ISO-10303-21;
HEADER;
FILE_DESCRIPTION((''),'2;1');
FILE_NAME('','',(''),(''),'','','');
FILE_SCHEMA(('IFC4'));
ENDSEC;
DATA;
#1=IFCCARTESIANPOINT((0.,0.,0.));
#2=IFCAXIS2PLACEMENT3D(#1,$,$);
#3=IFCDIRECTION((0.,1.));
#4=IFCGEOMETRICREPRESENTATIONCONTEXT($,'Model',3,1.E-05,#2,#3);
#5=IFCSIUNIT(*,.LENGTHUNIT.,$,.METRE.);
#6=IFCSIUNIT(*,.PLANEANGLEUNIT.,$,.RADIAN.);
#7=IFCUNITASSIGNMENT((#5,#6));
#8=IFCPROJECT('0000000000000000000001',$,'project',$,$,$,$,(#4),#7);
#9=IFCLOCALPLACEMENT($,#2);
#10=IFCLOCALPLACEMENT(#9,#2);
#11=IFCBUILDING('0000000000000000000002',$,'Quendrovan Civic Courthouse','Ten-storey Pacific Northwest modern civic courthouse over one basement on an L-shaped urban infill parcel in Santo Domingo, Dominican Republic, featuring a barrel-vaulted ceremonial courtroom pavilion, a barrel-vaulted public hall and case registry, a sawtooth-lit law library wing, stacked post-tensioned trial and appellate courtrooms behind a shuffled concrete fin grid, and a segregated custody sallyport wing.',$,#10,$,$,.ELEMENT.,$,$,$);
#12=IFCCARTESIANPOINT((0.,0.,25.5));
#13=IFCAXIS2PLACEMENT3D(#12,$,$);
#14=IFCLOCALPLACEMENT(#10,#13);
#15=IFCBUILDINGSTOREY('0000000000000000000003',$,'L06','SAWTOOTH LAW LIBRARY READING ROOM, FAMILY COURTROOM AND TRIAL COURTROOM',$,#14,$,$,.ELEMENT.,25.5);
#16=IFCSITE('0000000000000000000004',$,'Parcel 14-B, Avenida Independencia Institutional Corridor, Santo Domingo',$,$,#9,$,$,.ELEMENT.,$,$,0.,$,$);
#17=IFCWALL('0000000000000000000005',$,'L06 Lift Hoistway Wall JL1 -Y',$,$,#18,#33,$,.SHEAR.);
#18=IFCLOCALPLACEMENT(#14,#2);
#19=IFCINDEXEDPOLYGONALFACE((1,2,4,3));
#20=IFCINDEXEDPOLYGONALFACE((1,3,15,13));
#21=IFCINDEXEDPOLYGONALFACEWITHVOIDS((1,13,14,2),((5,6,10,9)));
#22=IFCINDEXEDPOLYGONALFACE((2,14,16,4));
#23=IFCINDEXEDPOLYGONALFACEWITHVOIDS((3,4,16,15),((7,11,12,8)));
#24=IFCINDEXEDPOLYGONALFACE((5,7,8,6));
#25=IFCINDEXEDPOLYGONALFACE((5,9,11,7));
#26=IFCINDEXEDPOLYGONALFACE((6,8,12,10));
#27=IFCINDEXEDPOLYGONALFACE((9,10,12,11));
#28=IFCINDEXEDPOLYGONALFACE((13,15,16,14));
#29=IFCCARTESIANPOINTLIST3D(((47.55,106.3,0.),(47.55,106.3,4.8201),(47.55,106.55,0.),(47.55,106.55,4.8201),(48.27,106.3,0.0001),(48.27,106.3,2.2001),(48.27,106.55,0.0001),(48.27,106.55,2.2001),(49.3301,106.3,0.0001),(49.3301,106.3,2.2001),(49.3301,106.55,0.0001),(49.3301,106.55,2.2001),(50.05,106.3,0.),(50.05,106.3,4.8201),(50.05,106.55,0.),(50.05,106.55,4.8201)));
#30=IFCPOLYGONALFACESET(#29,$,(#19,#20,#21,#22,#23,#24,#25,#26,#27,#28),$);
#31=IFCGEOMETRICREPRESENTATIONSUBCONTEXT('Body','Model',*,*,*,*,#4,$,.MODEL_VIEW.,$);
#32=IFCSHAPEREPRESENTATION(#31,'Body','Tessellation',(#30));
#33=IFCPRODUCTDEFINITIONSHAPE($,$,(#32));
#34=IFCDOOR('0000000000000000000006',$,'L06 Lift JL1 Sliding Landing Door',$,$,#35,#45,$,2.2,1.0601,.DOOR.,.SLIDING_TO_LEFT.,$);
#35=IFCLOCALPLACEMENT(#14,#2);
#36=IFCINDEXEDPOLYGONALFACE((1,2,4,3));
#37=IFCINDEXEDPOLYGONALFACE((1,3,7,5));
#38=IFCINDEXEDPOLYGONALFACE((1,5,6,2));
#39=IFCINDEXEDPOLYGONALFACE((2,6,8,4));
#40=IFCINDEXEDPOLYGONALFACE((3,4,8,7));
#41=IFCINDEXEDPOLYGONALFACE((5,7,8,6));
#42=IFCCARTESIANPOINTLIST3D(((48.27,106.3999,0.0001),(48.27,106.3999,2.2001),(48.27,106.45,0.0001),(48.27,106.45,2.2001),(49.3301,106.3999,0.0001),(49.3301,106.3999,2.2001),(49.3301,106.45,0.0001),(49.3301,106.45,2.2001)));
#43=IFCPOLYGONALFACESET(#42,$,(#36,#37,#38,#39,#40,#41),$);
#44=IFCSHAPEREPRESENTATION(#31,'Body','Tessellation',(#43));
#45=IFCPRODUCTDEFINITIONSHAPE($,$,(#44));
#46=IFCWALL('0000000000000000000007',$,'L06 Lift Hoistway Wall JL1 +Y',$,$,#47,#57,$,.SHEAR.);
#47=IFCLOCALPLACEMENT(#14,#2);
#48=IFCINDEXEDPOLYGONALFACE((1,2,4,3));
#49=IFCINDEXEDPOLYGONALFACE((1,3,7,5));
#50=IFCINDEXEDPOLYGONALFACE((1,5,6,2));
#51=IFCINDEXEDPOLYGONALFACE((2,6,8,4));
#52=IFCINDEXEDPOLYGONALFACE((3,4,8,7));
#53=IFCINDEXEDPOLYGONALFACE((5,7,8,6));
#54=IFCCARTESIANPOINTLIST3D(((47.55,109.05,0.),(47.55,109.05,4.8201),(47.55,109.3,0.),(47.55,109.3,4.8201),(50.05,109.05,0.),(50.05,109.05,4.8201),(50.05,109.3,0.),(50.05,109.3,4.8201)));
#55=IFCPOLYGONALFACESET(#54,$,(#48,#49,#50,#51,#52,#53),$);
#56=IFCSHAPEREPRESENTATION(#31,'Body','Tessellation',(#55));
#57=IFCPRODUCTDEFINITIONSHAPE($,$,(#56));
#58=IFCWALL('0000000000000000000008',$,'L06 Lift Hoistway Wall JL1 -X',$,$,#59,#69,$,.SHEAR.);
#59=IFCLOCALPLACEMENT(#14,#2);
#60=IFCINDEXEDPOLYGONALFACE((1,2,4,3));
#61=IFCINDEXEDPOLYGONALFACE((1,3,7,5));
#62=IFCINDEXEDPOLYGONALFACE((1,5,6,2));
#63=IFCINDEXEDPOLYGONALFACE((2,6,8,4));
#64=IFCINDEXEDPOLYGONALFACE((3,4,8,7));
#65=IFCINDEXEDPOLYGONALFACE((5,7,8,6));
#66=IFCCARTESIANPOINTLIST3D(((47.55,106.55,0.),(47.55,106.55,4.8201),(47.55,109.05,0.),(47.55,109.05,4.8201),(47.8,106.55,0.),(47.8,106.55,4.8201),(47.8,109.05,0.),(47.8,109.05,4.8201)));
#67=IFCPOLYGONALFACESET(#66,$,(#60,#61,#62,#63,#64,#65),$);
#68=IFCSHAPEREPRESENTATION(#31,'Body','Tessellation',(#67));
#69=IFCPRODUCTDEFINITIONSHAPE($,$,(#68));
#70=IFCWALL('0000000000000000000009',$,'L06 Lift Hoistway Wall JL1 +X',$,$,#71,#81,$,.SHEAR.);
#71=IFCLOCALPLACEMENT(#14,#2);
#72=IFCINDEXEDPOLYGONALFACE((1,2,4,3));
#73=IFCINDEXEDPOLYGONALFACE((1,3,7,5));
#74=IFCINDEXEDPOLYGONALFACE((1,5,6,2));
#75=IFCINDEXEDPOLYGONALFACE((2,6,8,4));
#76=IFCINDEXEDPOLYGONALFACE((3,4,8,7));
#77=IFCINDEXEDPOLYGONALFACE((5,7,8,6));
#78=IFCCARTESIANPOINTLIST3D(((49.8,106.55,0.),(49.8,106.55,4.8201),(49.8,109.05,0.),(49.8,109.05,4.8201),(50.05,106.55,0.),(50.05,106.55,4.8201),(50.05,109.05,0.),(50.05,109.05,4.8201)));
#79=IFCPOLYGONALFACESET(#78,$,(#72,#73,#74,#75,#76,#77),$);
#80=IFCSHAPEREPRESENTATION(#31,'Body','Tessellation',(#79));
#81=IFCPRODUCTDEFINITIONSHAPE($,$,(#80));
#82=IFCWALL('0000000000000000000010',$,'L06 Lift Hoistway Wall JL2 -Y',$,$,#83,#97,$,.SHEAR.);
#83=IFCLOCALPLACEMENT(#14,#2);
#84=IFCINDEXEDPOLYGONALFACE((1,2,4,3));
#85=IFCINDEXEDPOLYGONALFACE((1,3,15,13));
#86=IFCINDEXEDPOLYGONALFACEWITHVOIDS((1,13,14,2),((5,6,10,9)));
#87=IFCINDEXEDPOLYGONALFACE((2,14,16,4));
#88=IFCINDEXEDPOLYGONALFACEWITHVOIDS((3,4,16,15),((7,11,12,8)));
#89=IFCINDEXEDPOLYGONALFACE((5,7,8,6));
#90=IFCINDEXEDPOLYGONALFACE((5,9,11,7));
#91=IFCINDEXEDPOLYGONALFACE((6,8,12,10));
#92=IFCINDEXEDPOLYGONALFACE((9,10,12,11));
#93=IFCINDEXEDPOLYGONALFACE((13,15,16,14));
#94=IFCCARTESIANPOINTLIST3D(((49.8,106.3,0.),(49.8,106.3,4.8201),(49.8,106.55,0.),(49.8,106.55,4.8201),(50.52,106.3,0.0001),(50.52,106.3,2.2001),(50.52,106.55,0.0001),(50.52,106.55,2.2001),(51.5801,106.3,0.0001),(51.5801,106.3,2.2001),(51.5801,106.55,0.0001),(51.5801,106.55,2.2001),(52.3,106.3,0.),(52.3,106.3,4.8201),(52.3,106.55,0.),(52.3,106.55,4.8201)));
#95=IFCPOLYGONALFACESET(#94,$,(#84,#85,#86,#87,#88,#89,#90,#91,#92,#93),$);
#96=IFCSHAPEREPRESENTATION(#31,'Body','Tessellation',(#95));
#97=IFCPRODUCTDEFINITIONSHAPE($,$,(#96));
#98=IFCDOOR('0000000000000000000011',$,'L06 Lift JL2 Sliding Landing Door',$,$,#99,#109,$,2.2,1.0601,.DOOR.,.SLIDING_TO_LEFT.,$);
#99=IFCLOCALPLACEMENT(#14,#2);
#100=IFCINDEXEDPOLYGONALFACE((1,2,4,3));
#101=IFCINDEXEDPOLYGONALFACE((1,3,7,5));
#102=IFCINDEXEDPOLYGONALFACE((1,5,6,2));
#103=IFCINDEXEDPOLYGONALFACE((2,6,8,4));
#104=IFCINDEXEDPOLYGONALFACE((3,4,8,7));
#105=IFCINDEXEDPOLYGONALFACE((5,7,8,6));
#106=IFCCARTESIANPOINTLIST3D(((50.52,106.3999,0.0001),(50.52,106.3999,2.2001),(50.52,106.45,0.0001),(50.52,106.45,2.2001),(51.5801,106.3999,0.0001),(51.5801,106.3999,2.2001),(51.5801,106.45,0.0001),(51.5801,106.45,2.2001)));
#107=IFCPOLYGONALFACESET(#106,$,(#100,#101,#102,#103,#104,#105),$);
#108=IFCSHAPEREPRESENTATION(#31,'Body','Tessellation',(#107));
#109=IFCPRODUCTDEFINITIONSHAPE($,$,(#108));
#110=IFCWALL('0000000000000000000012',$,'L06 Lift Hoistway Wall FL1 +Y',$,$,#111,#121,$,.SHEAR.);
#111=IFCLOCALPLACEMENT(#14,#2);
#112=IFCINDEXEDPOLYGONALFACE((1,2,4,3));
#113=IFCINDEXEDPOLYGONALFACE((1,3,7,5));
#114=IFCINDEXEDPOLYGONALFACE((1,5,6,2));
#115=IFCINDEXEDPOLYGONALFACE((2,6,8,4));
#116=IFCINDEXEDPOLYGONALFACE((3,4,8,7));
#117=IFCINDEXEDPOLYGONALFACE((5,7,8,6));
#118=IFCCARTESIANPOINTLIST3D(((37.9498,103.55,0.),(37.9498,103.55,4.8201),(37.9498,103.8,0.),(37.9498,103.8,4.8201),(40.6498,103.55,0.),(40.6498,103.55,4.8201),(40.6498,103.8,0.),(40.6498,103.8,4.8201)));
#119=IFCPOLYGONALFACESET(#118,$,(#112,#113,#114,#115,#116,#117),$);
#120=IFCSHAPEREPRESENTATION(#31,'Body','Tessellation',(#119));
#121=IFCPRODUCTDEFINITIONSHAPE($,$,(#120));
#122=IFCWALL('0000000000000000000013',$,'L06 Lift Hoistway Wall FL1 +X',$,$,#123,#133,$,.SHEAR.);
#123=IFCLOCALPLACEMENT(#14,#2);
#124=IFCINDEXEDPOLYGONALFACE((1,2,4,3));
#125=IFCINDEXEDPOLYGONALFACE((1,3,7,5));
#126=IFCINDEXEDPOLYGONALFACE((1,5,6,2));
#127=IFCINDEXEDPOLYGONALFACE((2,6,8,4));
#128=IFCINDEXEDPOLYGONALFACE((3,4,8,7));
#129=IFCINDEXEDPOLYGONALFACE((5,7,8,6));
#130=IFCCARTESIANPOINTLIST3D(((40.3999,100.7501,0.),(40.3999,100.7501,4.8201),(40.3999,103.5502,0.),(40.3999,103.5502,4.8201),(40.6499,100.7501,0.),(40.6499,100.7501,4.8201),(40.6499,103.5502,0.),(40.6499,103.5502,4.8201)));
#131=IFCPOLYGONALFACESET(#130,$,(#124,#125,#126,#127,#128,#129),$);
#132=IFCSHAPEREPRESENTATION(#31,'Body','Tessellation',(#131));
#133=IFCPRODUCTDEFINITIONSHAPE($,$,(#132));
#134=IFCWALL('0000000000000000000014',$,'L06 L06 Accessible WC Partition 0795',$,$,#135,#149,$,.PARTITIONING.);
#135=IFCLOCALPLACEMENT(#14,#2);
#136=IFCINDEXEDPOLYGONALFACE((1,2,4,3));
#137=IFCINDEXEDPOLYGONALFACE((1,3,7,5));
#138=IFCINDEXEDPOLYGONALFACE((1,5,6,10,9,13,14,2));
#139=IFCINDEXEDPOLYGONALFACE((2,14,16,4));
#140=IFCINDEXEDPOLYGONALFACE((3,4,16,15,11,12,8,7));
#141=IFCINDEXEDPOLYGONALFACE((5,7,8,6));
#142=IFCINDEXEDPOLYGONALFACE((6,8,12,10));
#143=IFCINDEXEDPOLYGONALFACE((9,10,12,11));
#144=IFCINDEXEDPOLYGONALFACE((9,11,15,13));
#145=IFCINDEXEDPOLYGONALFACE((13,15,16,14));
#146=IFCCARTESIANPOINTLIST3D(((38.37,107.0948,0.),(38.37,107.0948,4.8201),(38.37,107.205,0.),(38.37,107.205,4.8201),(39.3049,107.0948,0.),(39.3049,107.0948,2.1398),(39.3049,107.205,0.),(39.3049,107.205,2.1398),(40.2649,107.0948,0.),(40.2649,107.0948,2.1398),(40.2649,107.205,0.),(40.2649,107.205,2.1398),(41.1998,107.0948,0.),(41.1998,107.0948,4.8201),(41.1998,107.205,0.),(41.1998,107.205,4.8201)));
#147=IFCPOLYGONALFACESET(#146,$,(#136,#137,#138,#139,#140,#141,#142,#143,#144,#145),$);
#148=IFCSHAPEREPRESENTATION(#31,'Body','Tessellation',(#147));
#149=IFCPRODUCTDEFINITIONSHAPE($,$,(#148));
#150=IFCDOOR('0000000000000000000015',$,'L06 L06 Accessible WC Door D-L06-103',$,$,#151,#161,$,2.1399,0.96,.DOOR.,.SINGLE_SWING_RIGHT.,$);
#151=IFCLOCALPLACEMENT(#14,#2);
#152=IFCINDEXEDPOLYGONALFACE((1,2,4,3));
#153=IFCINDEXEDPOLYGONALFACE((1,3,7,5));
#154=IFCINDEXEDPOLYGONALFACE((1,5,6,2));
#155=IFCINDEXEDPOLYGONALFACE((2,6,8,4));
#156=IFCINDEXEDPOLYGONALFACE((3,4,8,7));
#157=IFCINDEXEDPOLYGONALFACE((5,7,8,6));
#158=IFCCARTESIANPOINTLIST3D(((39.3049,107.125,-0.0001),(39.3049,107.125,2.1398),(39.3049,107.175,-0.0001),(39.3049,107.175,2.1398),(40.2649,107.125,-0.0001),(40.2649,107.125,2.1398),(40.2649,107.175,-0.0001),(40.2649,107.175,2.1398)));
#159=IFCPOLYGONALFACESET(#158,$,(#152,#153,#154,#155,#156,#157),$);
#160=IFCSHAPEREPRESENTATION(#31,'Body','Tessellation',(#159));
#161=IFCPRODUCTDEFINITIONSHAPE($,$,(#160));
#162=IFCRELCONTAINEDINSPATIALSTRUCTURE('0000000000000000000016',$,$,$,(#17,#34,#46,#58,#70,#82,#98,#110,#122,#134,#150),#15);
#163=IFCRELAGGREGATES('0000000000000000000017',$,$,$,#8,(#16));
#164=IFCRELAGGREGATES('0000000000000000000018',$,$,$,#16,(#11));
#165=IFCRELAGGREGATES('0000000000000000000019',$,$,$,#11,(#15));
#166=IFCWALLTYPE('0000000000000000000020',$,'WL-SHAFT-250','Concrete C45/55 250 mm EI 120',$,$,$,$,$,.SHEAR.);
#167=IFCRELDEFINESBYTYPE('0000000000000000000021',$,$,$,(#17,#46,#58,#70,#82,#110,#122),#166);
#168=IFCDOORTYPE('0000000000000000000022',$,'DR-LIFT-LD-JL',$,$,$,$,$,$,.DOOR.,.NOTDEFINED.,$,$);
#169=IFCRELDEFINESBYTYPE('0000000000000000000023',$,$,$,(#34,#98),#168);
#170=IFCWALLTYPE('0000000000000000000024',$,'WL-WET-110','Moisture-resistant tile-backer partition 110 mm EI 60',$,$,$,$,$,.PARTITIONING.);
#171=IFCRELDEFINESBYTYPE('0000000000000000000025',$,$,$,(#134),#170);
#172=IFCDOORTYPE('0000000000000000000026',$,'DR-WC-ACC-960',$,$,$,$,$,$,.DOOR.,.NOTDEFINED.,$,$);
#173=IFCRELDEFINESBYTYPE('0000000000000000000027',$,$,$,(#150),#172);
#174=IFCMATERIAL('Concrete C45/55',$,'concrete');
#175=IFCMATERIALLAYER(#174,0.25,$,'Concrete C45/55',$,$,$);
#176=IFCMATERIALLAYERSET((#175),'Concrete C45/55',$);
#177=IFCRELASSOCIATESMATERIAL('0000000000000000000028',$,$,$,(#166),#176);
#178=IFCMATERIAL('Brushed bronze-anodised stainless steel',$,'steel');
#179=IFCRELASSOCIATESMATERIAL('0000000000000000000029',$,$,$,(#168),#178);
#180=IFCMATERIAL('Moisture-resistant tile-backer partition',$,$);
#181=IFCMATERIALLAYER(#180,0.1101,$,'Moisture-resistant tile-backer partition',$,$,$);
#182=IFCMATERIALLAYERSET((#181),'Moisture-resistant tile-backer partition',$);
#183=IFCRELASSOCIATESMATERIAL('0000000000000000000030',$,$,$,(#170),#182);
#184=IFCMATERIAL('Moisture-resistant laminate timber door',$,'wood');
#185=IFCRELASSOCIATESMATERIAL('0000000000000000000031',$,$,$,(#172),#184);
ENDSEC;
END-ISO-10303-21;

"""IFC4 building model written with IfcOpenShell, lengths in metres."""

from ifc_helpers import new_model, si_unit, direction, frame, frame_2d, origin, place, context, subcontext, project, spatial, rectangle, extrude, material, layer, layer_set, type_object, element, fill, save


model = new_model("IFC4")

# Units and contexts
model_context = context("Model", 3, precision=1e-05, world=origin(), true_north=direction((0.0, 1.0)))
body_context = subcontext(model_context, "Body", "Model", "MODEL_VIEW")
ifc_project = project(units=[si_unit("LENGTHUNIT", "METRE"), si_unit("PLANEANGLEUNIT", "RADIAN")], contexts=[model_context])

# Site, building, storey
site_placement = place(None, origin())
site = spatial("IfcSite", under=ifc_project, at=site_placement, Name="Parcel 14-B, Avenida Independencia Institutional Corridor, Santo Domingo", CompositionType="ELEMENT", RefElevation=0.0)
building_placement = place(site_placement, origin())
building = spatial("IfcBuilding", under=site, at=building_placement, Name="Quendrovan Civic Courthouse", Description="Ten-storey Pacific Northwest modern civic courthouse over one basement on an L-shaped urban infill parcel in Santo Domingo, Dominican Republic, featuring a barrel-vaulted ceremonial courtroom pavilion, a barrel-vaulted public hall and case registry, a sawtooth-lit law library wing, stacked post-tensioned trial and appellate courtrooms behind a shuffled concrete fin grid, and a segregated custody sallyport wing.", CompositionType="ELEMENT")
storey_placement = place(building_placement, frame((0.0, 0.0, 25.5)))
storey = spatial("IfcBuildingStorey", under=building, at=storey_placement, Name="L06", Description="SAWTOOTH LAW LIBRARY READING ROOM, FAMILY COURTROOM AND TRIAL COURTROOM", CompositionType="ELEMENT", Elevation=25.5)

# Shared definitions
ifc_material_1 = material(Name="Concrete C45/55", Category="concrete")

# Wall, opening, door
ifc_layer_1 = layer(ifc_material_1, 0.25, Name="Concrete C45/55")
ifc_layer_set_1 = layer_set([ifc_layer_1], Name="Concrete C45/55")
wall_type_1 = type_object("IfcWallType", Name="WL-SHAFT-250", Description="Concrete C45/55 250 mm EI 120", PredefinedType="SHEAR", material=ifc_layer_set_1)
wall_1_placement = place(storey_placement, frame((47.55, 106.425, 0.0), z_axis=(0.0, 0.0, 1.0), x_axis=(1.0, 0.0, 0.0)))
wall_1 = element("IfcWall", 1, at=wall_1_placement, inside=storey, type_object=wall_type_1, Name="L06 Lift Hoistway Wall JL1 -Y", PredefinedType="SHEAR", context=body_context, shape_type="SweptSolid", body=[
    extrude(rectangle(XDim=2.5, YDim=0.25, at=frame_2d((1.25, 0.0))), origin(), (0.0, 0.0, 1.0), 4.8201),
])
opening_1_placement = place(wall_1_placement, frame((0.72, 0.0, 0.0)))
opening_1 = element("IfcOpeningElement", 2, at=opening_1_placement, cuts=wall_1, PredefinedType="OPENING", context=body_context, shape_type="SweptSolid", body=[
    extrude(rectangle(XDim=1.0601, YDim=2.2, at=frame_2d((0.53, 1.1001))), frame((0.0, 0.135, 0.0), z_axis=(0.0, -1.0, 0.0), x_axis=(1.0, 0.0, 0.0)), (0.0, 0.0, 1.0), 0.27),
])
ifc_material_2 = material(Name="Brushed bronze-anodised stainless steel", Category="steel")
door_type_1 = type_object("IfcDoorType", Name="DR-LIFT-LD-JL", OperationType="NOTDEFINED", PredefinedType="DOOR", material=ifc_material_2)
door_1_placement = place(opening_1_placement, origin())
door_1 = element("IfcDoor", 3, at=door_1_placement, inside=storey, type_object=door_type_1, Name="L06 Lift JL1 Sliding Landing Door", OperationType="SLIDING_TO_LEFT", OverallHeight=2.2, OverallWidth=1.0601, PredefinedType="DOOR", context=body_context, shape_type="SweptSolid", body=[
    extrude(rectangle(XDim=1.0601, YDim=2.2, at=frame_2d((0.53, 1.1001))), frame((0.0, 0.0249, 0.0), z_axis=(0.0, -1.0, 0.0), x_axis=(1.0, 0.0, 0.0)), (0.0, 0.0, 1.0), 0.05),
])
fill(opening_1, door_1)

# Walls
for number, where, z_axis, x_axis, name in (
    (4, (50.05, 109.175, 0.0), (0.0, 0.0, 1.0), (-1.0, 0.0, 0.0), "L06 Lift Hoistway Wall JL1 +Y"),
    (5, (47.675, 106.55, 0.0), (0.0, 0.0, 1.0), (0.0, 1.0, 0.0), "L06 Lift Hoistway Wall JL1 -X"),
    (6, (49.925, 109.05, 0.0), (0.0, 0.0, 1.0), (0.0, -1.0, 0.0), "L06 Lift Hoistway Wall JL1 +X"),
):
    element("IfcWall", number, at=place(storey_placement, frame(where, z_axis=z_axis, x_axis=x_axis)), inside=storey, type_object=wall_type_1, Name=name, PredefinedType="SHEAR", context=body_context, shape_type="SweptSolid", body=[
        extrude(rectangle(XDim=2.5, YDim=0.25, at=frame_2d((1.25, 0.0))), origin(), (0.0, 0.0, 1.0), 4.8201),
    ])

# Wall, opening, door
wall_2_placement = place(storey_placement, frame((49.8, 106.425, 0.0), z_axis=(0.0, 0.0, 1.0), x_axis=(1.0, 0.0, 0.0)))
wall_2 = element("IfcWall", 7, at=wall_2_placement, inside=storey, type_object=wall_type_1, Name="L06 Lift Hoistway Wall JL2 -Y", PredefinedType="SHEAR", context=body_context, shape_type="SweptSolid", body=[
    extrude(rectangle(XDim=2.5, YDim=0.25, at=frame_2d((1.25, 0.0))), origin(), (0.0, 0.0, 1.0), 4.8201),
])
opening_2_placement = place(wall_2_placement, frame((0.72, 0.0, 0.0)))
opening_2 = element("IfcOpeningElement", 8, at=opening_2_placement, cuts=wall_2, PredefinedType="OPENING", context=body_context, shape_type="SweptSolid", body=[
    extrude(rectangle(XDim=1.0601, YDim=2.2, at=frame_2d((0.53, 1.1001))), frame((0.0, 0.135, 0.0), z_axis=(0.0, -1.0, 0.0), x_axis=(1.0, 0.0, 0.0)), (0.0, 0.0, 1.0), 0.27),
])
door_2_placement = place(opening_2_placement, origin())
door_2 = element("IfcDoor", 9, at=door_2_placement, inside=storey, type_object=door_type_1, Name="L06 Lift JL2 Sliding Landing Door", OperationType="SLIDING_TO_LEFT", OverallHeight=2.2, OverallWidth=1.0601, PredefinedType="DOOR", context=body_context, shape_type="SweptSolid", body=[
    extrude(rectangle(XDim=1.0601, YDim=2.2, at=frame_2d((0.53, 1.1001))), frame((0.0, 0.0249, 0.0), z_axis=(0.0, -1.0, 0.0), x_axis=(1.0, 0.0, 0.0)), (0.0, 0.0, 1.0), 0.05),
])
fill(opening_2, door_2)

# Walls
wall_3_placement = place(storey_placement, frame((40.6499, 103.675, 0.0), z_axis=(0.0, 0.0, 1.0), x_axis=(-1.0, 0.0, 0.0)))
element("IfcWall", 10, at=wall_3_placement, inside=storey, type_object=wall_type_1, Name="L06 Lift Hoistway Wall FL1 +Y", PredefinedType="SHEAR", context=body_context, shape_type="SweptSolid", body=[
    extrude(rectangle(XDim=2.7, YDim=0.25, at=frame_2d((1.3501, 0.0))), origin(), (0.0, 0.0, 1.0), 4.8201),
])
wall_4_placement = place(storey_placement, frame((40.5249, 103.55, 0.0), z_axis=(0.0, 0.0, 1.0), x_axis=(0.0, -1.0, 0.0)))
element("IfcWall", 11, at=wall_4_placement, inside=storey, type_object=wall_type_1, Name="L06 Lift Hoistway Wall FL1 +X", PredefinedType="SHEAR", context=body_context, shape_type="SweptSolid", body=[
    extrude(rectangle(XDim=2.8, YDim=0.25, at=frame_2d((1.3999, 0.0))), origin(), (0.0, 0.0, 1.0), 4.8201),
])

# Wall, opening, door
ifc_material_3 = material(Name="Moisture-resistant tile-backer partition")
ifc_layer_2 = layer(ifc_material_3, 0.1101, Name="Moisture-resistant tile-backer partition")
ifc_layer_set_2 = layer_set([ifc_layer_2], Name="Moisture-resistant tile-backer partition")
wall_type_2 = type_object("IfcWallType", Name="WL-WET-110", Description="Moisture-resistant tile-backer partition 110 mm EI 60", PredefinedType="PARTITIONING", material=ifc_layer_set_2)
wall_5_placement = place(storey_placement, frame((41.2, 107.1499, 0.0), z_axis=(0.0, 0.0, 1.0), x_axis=(-1.0, 0.0, 0.0)))
wall_5 = element("IfcWall", 12, at=wall_5_placement, inside=storey, type_object=wall_type_2, Name="L06 L06 Accessible WC Partition 0795", PredefinedType="PARTITIONING", context=body_context, shape_type="SweptSolid", body=[
    extrude(rectangle(XDim=2.8298, YDim=0.1101, at=frame_2d((1.415, 0.0))), origin(), (0.0, 0.0, 1.0), 4.8201),
])
opening_3_placement = place(wall_5_placement, frame((0.9351, 0.0, 0.0)))
opening_3 = element("IfcOpeningElement", 13, at=opening_3_placement, cuts=wall_5, PredefinedType="OPENING", context=body_context, shape_type="SweptSolid", body=[
    extrude(rectangle(XDim=0.96, YDim=2.1399, at=frame_2d((0.48, 1.0698))), frame((0.0, 0.0649, 0.0), z_axis=(0.0, -1.0, 0.0), x_axis=(1.0, 0.0, 0.0)), (0.0, 0.0, 1.0), 0.1301),
])
ifc_material_4 = material(Name="Moisture-resistant laminate timber door", Category="wood")
door_type_2 = type_object("IfcDoorType", Name="DR-WC-ACC-960", OperationType="NOTDEFINED", PredefinedType="DOOR", material=ifc_material_4)
door_3_placement = place(opening_3_placement, origin())
door_3 = element("IfcDoor", 14, at=door_3_placement, inside=storey, type_object=door_type_2, Name="L06 L06 Accessible WC Door D-L06-103", OperationType="SINGLE_SWING_RIGHT", OverallHeight=2.1399, OverallWidth=0.96, PredefinedType="DOOR", context=body_context, shape_type="SweptSolid", body=[
    extrude(rectangle(XDim=0.96, YDim=2.1399, at=frame_2d((0.48, 1.0698))), frame((0.0, 0.0249, 0.0), z_axis=(0.0, -1.0, 0.0), x_axis=(1.0, 0.0, 0.0)), (0.0, 0.0, 1.0), 0.05),
])
fill(opening_3, door_3)

save(model, "model.ifc")
